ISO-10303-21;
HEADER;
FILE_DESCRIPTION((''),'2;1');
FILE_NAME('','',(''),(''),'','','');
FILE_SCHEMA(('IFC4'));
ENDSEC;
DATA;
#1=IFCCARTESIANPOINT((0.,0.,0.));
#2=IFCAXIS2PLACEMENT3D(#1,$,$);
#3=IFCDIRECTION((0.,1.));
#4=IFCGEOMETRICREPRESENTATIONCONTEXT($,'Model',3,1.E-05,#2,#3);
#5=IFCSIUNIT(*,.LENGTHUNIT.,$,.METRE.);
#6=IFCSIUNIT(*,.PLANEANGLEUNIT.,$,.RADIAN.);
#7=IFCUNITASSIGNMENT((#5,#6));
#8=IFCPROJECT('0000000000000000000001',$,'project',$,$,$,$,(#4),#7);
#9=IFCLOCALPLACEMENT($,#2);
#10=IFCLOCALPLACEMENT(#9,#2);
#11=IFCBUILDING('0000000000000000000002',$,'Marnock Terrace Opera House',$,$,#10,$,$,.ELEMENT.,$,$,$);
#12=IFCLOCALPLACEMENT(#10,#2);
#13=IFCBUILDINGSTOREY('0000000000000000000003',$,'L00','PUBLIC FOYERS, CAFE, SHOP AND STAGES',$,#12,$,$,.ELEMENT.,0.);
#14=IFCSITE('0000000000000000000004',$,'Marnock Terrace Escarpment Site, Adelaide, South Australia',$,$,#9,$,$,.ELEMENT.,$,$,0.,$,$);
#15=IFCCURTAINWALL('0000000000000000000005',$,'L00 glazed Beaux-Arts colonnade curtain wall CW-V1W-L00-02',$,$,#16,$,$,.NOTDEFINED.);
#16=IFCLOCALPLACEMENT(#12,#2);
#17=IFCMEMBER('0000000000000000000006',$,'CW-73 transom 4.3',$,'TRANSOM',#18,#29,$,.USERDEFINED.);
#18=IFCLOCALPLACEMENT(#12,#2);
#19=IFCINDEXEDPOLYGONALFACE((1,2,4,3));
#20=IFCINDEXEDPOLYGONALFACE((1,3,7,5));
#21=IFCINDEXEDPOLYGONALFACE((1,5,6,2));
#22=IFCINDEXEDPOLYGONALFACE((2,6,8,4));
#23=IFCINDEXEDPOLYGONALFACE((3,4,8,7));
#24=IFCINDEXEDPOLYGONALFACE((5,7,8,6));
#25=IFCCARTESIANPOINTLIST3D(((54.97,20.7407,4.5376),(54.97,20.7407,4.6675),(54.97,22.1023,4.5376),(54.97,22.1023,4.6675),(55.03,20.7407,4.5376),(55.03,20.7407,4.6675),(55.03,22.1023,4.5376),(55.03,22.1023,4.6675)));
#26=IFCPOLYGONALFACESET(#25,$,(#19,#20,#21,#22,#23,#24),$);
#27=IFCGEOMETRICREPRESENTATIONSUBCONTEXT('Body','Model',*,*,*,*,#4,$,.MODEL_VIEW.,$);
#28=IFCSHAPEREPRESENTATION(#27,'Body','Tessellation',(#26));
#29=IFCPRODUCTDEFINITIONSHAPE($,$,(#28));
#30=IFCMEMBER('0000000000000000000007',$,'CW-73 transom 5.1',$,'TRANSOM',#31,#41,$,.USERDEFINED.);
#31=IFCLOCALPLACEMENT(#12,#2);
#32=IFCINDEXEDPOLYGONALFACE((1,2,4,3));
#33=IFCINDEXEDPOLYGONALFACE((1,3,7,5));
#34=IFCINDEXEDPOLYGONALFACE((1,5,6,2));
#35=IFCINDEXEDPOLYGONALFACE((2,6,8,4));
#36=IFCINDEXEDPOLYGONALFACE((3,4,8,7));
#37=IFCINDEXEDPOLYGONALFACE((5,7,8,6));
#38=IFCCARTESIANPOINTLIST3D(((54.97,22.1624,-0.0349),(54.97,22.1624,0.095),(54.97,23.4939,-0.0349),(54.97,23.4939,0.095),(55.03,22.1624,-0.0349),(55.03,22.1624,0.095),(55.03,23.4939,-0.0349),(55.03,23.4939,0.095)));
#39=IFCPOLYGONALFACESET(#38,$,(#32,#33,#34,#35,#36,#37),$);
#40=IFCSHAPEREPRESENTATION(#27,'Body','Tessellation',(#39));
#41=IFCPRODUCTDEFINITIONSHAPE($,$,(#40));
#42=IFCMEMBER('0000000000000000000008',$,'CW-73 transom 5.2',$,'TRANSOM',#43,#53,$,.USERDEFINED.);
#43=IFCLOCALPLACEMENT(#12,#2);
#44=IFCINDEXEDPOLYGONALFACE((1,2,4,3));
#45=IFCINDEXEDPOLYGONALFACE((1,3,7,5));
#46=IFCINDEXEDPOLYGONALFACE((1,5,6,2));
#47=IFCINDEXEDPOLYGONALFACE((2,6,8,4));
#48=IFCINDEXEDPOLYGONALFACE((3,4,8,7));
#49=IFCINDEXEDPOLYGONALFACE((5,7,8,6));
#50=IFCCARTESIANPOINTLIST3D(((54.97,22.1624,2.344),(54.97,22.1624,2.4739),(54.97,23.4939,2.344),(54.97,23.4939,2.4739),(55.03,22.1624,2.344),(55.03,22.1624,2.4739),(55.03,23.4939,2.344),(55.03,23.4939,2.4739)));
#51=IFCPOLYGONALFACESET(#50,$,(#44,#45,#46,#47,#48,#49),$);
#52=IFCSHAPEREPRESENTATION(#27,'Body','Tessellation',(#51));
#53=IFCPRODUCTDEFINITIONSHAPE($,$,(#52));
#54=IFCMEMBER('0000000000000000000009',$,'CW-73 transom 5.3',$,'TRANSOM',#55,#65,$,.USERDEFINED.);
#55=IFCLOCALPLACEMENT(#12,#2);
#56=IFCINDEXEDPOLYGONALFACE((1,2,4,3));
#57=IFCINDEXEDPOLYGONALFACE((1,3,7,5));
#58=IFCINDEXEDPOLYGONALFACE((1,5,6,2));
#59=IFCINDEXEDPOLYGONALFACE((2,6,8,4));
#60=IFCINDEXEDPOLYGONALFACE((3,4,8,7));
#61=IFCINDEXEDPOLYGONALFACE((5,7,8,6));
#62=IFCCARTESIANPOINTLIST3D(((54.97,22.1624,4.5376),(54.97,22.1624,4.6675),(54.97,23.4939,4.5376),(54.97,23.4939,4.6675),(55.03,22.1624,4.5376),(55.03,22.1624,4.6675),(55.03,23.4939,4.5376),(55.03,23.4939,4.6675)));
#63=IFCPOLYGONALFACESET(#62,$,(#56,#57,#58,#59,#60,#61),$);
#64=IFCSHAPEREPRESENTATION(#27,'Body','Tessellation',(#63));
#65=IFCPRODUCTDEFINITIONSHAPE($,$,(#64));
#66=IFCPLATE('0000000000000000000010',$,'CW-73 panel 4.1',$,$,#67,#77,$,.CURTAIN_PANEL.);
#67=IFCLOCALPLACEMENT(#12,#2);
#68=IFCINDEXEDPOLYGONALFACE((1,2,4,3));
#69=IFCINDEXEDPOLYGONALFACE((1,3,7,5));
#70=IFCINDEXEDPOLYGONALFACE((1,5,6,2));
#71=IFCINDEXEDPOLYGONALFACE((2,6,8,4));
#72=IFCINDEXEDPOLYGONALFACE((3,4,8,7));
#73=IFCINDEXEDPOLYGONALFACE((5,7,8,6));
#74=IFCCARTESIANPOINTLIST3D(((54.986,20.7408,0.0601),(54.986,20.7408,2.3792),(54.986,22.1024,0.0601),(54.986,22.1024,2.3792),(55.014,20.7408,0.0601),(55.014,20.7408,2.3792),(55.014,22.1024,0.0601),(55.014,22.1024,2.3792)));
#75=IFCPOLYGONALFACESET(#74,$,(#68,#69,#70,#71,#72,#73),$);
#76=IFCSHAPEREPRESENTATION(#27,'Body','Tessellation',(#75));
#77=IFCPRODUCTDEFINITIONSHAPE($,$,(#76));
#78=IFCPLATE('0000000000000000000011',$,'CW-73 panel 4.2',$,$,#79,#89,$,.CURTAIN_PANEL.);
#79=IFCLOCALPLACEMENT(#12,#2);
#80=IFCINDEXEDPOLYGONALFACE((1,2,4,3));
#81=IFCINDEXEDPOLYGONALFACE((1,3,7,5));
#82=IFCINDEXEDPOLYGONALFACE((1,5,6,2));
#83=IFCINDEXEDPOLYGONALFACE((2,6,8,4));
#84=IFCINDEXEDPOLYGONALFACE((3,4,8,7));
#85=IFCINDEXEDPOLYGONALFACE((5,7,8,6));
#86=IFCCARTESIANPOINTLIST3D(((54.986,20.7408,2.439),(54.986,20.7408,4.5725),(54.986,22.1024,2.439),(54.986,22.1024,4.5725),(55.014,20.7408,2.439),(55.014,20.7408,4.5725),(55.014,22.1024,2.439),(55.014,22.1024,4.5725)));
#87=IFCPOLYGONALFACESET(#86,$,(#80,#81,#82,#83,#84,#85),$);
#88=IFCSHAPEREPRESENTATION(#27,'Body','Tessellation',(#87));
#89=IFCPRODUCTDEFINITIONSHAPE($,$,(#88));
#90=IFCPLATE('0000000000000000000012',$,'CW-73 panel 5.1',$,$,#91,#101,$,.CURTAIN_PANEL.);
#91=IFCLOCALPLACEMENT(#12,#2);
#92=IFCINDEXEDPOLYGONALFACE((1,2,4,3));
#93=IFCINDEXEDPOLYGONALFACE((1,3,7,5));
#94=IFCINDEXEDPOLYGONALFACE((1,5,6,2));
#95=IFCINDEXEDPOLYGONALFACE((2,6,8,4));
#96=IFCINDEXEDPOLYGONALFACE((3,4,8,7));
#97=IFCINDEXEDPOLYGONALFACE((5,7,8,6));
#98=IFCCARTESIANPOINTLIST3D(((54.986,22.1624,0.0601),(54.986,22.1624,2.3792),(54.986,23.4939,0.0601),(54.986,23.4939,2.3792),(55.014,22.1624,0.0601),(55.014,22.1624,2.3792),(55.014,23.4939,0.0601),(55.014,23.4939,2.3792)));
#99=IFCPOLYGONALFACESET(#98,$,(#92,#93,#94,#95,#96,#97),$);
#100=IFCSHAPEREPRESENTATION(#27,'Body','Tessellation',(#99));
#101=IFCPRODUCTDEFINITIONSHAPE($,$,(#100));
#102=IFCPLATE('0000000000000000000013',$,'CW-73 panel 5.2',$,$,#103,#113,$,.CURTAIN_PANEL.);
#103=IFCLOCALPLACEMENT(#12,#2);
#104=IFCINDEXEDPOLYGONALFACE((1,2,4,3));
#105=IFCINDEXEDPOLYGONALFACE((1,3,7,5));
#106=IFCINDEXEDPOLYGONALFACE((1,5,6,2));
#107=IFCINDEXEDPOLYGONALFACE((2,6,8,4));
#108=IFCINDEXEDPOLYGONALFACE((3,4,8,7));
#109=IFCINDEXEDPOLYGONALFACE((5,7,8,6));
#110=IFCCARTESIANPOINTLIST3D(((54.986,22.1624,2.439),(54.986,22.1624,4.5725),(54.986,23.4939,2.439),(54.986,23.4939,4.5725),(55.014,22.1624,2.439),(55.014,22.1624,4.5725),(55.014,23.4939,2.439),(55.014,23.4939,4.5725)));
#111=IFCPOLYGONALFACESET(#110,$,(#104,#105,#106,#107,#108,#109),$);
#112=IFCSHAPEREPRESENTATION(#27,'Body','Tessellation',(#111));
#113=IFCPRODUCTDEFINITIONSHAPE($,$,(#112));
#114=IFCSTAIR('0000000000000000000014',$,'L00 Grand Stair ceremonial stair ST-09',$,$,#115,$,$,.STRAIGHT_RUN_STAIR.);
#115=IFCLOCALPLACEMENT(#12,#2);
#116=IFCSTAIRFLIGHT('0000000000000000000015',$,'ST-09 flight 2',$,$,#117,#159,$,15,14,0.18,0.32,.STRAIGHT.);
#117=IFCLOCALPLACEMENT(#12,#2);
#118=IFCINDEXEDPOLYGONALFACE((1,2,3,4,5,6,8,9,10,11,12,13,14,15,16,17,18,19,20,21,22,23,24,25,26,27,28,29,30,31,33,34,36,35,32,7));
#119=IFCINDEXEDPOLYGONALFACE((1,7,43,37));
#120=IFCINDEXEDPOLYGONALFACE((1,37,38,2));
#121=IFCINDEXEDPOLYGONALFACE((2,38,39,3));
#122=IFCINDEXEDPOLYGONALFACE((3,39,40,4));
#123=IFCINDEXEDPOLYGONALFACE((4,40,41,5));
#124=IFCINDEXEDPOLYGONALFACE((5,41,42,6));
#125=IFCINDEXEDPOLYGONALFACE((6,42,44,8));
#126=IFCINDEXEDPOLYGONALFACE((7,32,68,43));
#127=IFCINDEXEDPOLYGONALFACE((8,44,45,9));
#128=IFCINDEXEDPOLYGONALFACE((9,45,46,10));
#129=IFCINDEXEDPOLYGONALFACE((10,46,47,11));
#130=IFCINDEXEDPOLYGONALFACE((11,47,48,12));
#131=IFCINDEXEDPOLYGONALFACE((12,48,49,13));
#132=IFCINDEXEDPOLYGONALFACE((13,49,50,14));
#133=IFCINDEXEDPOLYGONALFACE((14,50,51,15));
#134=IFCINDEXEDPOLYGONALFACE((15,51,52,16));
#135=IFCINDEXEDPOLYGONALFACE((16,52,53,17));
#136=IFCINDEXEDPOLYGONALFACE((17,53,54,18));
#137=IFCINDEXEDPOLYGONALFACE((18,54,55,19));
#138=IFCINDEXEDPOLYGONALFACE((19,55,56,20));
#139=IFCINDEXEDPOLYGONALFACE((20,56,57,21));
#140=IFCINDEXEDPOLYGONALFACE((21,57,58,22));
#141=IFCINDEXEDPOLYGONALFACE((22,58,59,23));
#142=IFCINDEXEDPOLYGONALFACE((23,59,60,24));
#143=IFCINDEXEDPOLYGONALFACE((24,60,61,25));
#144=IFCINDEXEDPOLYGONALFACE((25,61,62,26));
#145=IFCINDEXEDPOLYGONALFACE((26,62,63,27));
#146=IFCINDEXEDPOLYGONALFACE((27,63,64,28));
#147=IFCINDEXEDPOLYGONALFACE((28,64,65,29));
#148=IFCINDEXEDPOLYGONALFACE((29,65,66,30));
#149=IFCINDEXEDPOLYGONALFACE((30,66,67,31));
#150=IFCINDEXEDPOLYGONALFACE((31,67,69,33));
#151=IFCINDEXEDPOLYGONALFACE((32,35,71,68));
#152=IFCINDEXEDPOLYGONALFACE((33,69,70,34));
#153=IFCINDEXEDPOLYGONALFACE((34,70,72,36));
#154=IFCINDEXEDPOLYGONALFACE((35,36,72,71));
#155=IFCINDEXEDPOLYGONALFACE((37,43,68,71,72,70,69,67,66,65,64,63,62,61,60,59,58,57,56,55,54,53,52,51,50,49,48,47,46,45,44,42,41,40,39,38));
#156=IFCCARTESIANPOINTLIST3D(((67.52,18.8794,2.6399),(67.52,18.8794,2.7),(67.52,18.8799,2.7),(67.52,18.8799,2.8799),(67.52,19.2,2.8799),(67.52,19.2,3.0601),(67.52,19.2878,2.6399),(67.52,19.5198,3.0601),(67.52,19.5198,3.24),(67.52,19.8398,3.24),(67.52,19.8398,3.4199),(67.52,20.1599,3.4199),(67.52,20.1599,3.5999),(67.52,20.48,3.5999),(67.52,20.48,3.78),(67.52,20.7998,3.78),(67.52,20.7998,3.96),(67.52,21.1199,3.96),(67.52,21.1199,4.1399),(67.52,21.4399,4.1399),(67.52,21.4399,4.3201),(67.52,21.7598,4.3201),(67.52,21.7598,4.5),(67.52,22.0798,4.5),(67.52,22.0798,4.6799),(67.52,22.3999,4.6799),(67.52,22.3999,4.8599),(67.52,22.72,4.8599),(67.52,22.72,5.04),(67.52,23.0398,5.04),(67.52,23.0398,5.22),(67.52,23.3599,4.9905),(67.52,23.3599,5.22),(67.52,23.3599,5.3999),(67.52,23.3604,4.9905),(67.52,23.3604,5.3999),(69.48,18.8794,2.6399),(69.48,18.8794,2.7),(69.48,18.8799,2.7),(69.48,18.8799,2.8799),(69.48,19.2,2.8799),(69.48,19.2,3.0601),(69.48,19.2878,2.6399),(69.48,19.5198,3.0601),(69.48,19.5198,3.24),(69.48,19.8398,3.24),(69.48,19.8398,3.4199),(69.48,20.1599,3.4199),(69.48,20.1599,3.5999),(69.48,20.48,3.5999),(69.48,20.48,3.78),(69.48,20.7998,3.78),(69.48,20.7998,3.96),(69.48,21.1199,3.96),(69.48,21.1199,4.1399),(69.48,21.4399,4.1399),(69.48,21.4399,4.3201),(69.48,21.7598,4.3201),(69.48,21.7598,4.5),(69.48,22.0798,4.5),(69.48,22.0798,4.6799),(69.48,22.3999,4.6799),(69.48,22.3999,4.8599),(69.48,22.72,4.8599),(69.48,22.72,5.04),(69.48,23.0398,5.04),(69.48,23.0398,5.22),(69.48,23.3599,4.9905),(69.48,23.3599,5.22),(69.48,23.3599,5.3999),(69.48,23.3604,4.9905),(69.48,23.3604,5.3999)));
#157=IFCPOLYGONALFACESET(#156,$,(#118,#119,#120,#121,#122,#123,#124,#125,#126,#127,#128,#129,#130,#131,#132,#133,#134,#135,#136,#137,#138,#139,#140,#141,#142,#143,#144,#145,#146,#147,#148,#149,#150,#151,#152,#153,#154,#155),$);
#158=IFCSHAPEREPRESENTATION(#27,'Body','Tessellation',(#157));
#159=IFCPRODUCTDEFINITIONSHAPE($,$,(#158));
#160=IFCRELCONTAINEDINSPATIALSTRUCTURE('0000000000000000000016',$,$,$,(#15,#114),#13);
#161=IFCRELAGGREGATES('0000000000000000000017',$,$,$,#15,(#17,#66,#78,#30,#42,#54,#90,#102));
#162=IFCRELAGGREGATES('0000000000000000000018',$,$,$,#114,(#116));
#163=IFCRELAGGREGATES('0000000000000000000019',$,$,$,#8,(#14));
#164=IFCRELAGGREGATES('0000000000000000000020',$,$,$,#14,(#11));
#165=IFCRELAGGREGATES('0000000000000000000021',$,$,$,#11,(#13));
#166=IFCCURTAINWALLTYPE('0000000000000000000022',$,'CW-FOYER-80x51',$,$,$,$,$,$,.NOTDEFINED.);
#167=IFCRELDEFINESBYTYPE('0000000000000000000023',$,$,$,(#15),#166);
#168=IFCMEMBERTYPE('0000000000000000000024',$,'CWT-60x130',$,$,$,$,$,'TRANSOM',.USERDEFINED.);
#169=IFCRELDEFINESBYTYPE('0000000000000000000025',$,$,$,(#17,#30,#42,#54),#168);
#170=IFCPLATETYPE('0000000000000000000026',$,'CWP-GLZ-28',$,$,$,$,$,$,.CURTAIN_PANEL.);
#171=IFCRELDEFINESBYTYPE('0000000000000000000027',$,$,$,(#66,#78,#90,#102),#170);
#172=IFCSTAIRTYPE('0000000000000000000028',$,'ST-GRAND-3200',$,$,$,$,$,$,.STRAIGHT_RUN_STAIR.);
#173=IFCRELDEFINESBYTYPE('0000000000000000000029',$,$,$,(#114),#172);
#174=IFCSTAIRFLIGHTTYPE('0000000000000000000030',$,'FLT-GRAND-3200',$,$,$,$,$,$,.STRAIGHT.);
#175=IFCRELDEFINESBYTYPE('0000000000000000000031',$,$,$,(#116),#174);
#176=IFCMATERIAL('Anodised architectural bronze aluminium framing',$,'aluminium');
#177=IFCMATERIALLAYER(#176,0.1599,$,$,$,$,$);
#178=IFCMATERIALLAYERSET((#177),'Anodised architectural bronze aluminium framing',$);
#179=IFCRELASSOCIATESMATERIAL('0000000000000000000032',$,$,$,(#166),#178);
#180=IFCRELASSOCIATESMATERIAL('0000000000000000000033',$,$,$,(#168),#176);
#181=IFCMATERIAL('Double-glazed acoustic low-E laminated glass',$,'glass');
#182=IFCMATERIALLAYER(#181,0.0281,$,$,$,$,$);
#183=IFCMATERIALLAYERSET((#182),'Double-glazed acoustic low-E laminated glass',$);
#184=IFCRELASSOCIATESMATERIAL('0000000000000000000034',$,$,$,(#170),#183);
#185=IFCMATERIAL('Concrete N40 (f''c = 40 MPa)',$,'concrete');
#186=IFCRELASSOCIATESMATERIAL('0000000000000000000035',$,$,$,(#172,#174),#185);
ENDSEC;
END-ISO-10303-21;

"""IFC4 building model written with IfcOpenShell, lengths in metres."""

from ifc_helpers import new_model, si_unit, direction, frame, origin, origin_2d, place, context, subcontext, project, spatial, polyline, rectangle, outline, extrude, material, layer, layer_set, material_profile, profile_set, type_object, element, aggregate, save


model = new_model("IFC4")

# Units and contexts
model_context = context("Model", 3, precision=1e-05, world=origin(), true_north=direction((0.0, 1.0)))
body_context = subcontext(model_context, "Body", "Model", "MODEL_VIEW")
ifc_project = project(units=[si_unit("LENGTHUNIT", "METRE"), si_unit("PLANEANGLEUNIT", "RADIAN")], contexts=[model_context])

# Site, building, storey
site_placement = place(None, origin())
site = spatial("IfcSite", under=ifc_project, at=site_placement, Name="Marnock Terrace Escarpment Site, Adelaide, South Australia", CompositionType="ELEMENT", RefElevation=0.0)
building_placement = place(site_placement, origin())
building = spatial("IfcBuilding", under=site, at=building_placement, Name="Marnock Terrace Opera House", CompositionType="ELEMENT")
storey_placement = place(building_placement, origin())
storey = spatial("IfcBuildingStorey", under=building, at=storey_placement, Name="L00", Description="PUBLIC FOYERS, CAFE, SHOP AND STAGES", CompositionType="ELEMENT", Elevation=0.0)

# Shared definitions
ifc_material_1 = material(Name="Concrete N40 (f'c = 40 MPa)", Category="concrete")

# Curtain wall, members, plates
ifc_material_2 = material(Name="Anodised architectural bronze aluminium framing", Category="aluminium")
ifc_layer_1 = layer(ifc_material_2, 0.1599)
ifc_layer_set_1 = layer_set([ifc_layer_1], Name="Anodised architectural bronze aluminium framing")
curtain_wall_type = type_object("IfcCurtainWallType", Name="CW-FOYER-80x51", PredefinedType="NOTDEFINED", material=ifc_layer_set_1)
curtain_wall_placement = place(storey_placement, origin())
curtain_wall = element("IfcCurtainWall", 1, at=curtain_wall_placement, inside=storey, type_object=curtain_wall_type, Name="L00 glazed Beaux-Arts colonnade curtain wall CW-V1W-L00-02", PredefinedType="NOTDEFINED")
ifc_material_profile_1 = material_profile(ifc_material_2, rectangle(XDim=0.0601, YDim=0.1299, at=origin_2d()))
ifc_profile_set_1 = profile_set([ifc_material_profile_1], Name="Anodised architectural bronze aluminium framing")
member_type_1 = type_object("IfcMemberType", Name="CWT-60x130", ElementType="TRANSOM", PredefinedType="USERDEFINED", material=ifc_profile_set_1)
member_1_placement = place(storey_placement, frame((55.0, 20.7407, 4.6025), z_axis=(0.0, 1.0, 0.0), x_axis=(-1.0, 0.0, 0.0)))
member_1 = element("IfcMember", 2, at=member_1_placement, type_object=member_type_1, Name="CW-73 transom 4.3", ObjectType="TRANSOM", PredefinedType="USERDEFINED", context=body_context, shape_type="SweptSolid", body=[
    extrude(rectangle(XDim=0.0601, YDim=0.1299, at=origin_2d()), origin(), (0.0, 0.0, 1.0), 1.3616),
])
member_2_placement = place(storey_placement, frame((55.0, 22.1624, 0.03), z_axis=(0.0, 1.0, 0.0), x_axis=(-1.0, 0.0, 0.0)))
member_2 = element("IfcMember", 3, at=member_2_placement, type_object=member_type_1, Name="CW-73 transom 5.1", ObjectType="TRANSOM", PredefinedType="USERDEFINED", context=body_context, shape_type="SweptSolid", body=[
    extrude(rectangle(XDim=0.0601, YDim=0.1299, at=origin_2d()), origin(), (0.0, 0.0, 1.0), 1.3315),
])
member_3_placement = place(storey_placement, frame((55.0, 22.1624, 2.4089), z_axis=(0.0, 1.0, 0.0), x_axis=(-1.0, 0.0, 0.0)))
member_3 = element("IfcMember", 4, at=member_3_placement, type_object=member_type_1, Name="CW-73 transom 5.2", ObjectType="TRANSOM", PredefinedType="USERDEFINED", context=body_context, shape_type="SweptSolid", body=[
    extrude(rectangle(XDim=0.0601, YDim=0.1299, at=origin_2d()), origin(), (0.0, 0.0, 1.0), 1.3315),
])
member_4_placement = place(storey_placement, frame((55.0, 22.1624, 4.6025), z_axis=(0.0, 1.0, 0.0), x_axis=(-1.0, 0.0, 0.0)))
member_4 = element("IfcMember", 5, at=member_4_placement, type_object=member_type_1, Name="CW-73 transom 5.3", ObjectType="TRANSOM", PredefinedType="USERDEFINED", context=body_context, shape_type="SweptSolid", body=[
    extrude(rectangle(XDim=0.0601, YDim=0.1299, at=origin_2d()), origin(), (0.0, 0.0, 1.0), 1.3315),
])
ifc_material_3 = material(Name="Double-glazed acoustic low-E laminated glass", Category="glass")
ifc_layer_2 = layer(ifc_material_3, 0.0281)
ifc_layer_set_2 = layer_set([ifc_layer_2], Name="Double-glazed acoustic low-E laminated glass")
plate_type = type_object("IfcPlateType", Name="CWP-GLZ-28", PredefinedType="CURTAIN_PANEL", material=ifc_layer_set_2)
plate_1_placement = place(storey_placement, frame((55.0, 21.4216, 0.0601), z_axis=(0.0, 0.0, 1.0), x_axis=(0.0, 1.0, 0.0)))
plate_1 = element("IfcPlate", 6, at=plate_1_placement, type_object=plate_type, Name="CW-73 panel 4.1", PredefinedType="CURTAIN_PANEL", context=body_context, shape_type="SweptSolid", body=[
    extrude(rectangle(XDim=1.3616, YDim=0.0281, at=origin_2d()), origin(), (0.0, 0.0, 1.0), 2.3191),
])
plate_2_placement = place(storey_placement, frame((55.0, 21.4216, 2.439), z_axis=(0.0, 0.0, 1.0), x_axis=(0.0, 1.0, 0.0)))
plate_2 = element("IfcPlate", 7, at=plate_2_placement, type_object=plate_type, Name="CW-73 panel 4.2", PredefinedType="CURTAIN_PANEL", context=body_context, shape_type="SweptSolid", body=[
    extrude(rectangle(XDim=1.3616, YDim=0.0281, at=origin_2d()), origin(), (0.0, 0.0, 1.0), 2.1335),
])
plate_3_placement = place(storey_placement, frame((55.0, 22.8281, 0.0601), z_axis=(0.0, 0.0, 1.0), x_axis=(0.0, 1.0, 0.0)))
plate_3 = element("IfcPlate", 8, at=plate_3_placement, type_object=plate_type, Name="CW-73 panel 5.1", PredefinedType="CURTAIN_PANEL", context=body_context, shape_type="SweptSolid", body=[
    extrude(rectangle(XDim=1.3315, YDim=0.0281, at=origin_2d()), origin(), (0.0, 0.0, 1.0), 2.3191),
])
plate_4_placement = place(storey_placement, frame((55.0, 22.8281, 2.439), z_axis=(0.0, 0.0, 1.0), x_axis=(0.0, 1.0, 0.0)))
plate_4 = element("IfcPlate", 9, at=plate_4_placement, type_object=plate_type, Name="CW-73 panel 5.2", PredefinedType="CURTAIN_PANEL", context=body_context, shape_type="SweptSolid", body=[
    extrude(rectangle(XDim=1.3315, YDim=0.0281, at=origin_2d()), origin(), (0.0, 0.0, 1.0), 2.1335),
])
aggregate(curtain_wall, [member_1, plate_1, plate_2, member_2, member_3, member_4, plate_3, plate_4])

# Stair, stair flight
stair_type = type_object("IfcStairType", Name="ST-GRAND-3200", PredefinedType="STRAIGHT_RUN_STAIR", material=ifc_material_1)
stair_placement = place(storey_placement, origin())
stair = element("IfcStair", 10, at=stair_placement, inside=storey, type_object=stair_type, Name="L00 Grand Stair ceremonial stair ST-09", PredefinedType="STRAIGHT_RUN_STAIR")
stair_flight_type = type_object("IfcStairFlightType", Name="FLT-GRAND-3200", PredefinedType="STRAIGHT", material=ifc_material_1)
stair_flight_placement = place(storey_placement, frame((68.5, 18.8799, 2.7), z_axis=(0.0, 0.0, 1.0), x_axis=(0.0, 1.0, 0.0)))
stair_flight = element("IfcStairFlight", 11, at=stair_flight_placement, type_object=stair_flight_type, Name="ST-09 flight 2", NumberOfRisers=15, NumberOfTreads=14, PredefinedType="STRAIGHT", RiserHeight=0.18, TreadLength=0.32, context=body_context, shape_type="SweptSolid", body=[
    extrude(outline(polyline([(-0.0005, -0.0601), (-0.0005, 0.0), (0.0, 0.0), (0.0, 0.1799), (0.3201, 0.1799), (0.3201, 0.3601), (0.6399, 0.3601), (0.6399, 0.54), (0.96, 0.54), (0.96, 0.72), (1.28, 0.72), (1.28, 0.8999), (1.6001, 0.8999), (1.6001, 1.0801), (1.9199, 1.0801), (1.9199, 1.26), (2.24, 1.26), (2.24, 1.4399), (2.5601, 1.4399), (2.5601, 1.6201), (2.8799, 1.6201), (2.8799, 1.8), (3.2, 1.8), (3.2, 1.98), (3.52, 1.98), (3.52, 2.1599), (3.8401, 2.1599), (3.8401, 2.3401), (4.1599, 2.3401), (4.1599, 2.52), (4.48, 2.52), (4.48, 2.7), (4.4805, 2.7), (4.4805, 2.2905), (4.48, 2.2905), (0.408, -0.0601), (-0.0005, -0.0601)])), frame((0.0, 0.98, 0.0), z_axis=(0.0, -1.0, 0.0), x_axis=(1.0, 0.0, 0.0)), (0.0, 0.0, 1.0), 1.96),
])
aggregate(stair, [stair_flight])

save(model, "model.ifc")
